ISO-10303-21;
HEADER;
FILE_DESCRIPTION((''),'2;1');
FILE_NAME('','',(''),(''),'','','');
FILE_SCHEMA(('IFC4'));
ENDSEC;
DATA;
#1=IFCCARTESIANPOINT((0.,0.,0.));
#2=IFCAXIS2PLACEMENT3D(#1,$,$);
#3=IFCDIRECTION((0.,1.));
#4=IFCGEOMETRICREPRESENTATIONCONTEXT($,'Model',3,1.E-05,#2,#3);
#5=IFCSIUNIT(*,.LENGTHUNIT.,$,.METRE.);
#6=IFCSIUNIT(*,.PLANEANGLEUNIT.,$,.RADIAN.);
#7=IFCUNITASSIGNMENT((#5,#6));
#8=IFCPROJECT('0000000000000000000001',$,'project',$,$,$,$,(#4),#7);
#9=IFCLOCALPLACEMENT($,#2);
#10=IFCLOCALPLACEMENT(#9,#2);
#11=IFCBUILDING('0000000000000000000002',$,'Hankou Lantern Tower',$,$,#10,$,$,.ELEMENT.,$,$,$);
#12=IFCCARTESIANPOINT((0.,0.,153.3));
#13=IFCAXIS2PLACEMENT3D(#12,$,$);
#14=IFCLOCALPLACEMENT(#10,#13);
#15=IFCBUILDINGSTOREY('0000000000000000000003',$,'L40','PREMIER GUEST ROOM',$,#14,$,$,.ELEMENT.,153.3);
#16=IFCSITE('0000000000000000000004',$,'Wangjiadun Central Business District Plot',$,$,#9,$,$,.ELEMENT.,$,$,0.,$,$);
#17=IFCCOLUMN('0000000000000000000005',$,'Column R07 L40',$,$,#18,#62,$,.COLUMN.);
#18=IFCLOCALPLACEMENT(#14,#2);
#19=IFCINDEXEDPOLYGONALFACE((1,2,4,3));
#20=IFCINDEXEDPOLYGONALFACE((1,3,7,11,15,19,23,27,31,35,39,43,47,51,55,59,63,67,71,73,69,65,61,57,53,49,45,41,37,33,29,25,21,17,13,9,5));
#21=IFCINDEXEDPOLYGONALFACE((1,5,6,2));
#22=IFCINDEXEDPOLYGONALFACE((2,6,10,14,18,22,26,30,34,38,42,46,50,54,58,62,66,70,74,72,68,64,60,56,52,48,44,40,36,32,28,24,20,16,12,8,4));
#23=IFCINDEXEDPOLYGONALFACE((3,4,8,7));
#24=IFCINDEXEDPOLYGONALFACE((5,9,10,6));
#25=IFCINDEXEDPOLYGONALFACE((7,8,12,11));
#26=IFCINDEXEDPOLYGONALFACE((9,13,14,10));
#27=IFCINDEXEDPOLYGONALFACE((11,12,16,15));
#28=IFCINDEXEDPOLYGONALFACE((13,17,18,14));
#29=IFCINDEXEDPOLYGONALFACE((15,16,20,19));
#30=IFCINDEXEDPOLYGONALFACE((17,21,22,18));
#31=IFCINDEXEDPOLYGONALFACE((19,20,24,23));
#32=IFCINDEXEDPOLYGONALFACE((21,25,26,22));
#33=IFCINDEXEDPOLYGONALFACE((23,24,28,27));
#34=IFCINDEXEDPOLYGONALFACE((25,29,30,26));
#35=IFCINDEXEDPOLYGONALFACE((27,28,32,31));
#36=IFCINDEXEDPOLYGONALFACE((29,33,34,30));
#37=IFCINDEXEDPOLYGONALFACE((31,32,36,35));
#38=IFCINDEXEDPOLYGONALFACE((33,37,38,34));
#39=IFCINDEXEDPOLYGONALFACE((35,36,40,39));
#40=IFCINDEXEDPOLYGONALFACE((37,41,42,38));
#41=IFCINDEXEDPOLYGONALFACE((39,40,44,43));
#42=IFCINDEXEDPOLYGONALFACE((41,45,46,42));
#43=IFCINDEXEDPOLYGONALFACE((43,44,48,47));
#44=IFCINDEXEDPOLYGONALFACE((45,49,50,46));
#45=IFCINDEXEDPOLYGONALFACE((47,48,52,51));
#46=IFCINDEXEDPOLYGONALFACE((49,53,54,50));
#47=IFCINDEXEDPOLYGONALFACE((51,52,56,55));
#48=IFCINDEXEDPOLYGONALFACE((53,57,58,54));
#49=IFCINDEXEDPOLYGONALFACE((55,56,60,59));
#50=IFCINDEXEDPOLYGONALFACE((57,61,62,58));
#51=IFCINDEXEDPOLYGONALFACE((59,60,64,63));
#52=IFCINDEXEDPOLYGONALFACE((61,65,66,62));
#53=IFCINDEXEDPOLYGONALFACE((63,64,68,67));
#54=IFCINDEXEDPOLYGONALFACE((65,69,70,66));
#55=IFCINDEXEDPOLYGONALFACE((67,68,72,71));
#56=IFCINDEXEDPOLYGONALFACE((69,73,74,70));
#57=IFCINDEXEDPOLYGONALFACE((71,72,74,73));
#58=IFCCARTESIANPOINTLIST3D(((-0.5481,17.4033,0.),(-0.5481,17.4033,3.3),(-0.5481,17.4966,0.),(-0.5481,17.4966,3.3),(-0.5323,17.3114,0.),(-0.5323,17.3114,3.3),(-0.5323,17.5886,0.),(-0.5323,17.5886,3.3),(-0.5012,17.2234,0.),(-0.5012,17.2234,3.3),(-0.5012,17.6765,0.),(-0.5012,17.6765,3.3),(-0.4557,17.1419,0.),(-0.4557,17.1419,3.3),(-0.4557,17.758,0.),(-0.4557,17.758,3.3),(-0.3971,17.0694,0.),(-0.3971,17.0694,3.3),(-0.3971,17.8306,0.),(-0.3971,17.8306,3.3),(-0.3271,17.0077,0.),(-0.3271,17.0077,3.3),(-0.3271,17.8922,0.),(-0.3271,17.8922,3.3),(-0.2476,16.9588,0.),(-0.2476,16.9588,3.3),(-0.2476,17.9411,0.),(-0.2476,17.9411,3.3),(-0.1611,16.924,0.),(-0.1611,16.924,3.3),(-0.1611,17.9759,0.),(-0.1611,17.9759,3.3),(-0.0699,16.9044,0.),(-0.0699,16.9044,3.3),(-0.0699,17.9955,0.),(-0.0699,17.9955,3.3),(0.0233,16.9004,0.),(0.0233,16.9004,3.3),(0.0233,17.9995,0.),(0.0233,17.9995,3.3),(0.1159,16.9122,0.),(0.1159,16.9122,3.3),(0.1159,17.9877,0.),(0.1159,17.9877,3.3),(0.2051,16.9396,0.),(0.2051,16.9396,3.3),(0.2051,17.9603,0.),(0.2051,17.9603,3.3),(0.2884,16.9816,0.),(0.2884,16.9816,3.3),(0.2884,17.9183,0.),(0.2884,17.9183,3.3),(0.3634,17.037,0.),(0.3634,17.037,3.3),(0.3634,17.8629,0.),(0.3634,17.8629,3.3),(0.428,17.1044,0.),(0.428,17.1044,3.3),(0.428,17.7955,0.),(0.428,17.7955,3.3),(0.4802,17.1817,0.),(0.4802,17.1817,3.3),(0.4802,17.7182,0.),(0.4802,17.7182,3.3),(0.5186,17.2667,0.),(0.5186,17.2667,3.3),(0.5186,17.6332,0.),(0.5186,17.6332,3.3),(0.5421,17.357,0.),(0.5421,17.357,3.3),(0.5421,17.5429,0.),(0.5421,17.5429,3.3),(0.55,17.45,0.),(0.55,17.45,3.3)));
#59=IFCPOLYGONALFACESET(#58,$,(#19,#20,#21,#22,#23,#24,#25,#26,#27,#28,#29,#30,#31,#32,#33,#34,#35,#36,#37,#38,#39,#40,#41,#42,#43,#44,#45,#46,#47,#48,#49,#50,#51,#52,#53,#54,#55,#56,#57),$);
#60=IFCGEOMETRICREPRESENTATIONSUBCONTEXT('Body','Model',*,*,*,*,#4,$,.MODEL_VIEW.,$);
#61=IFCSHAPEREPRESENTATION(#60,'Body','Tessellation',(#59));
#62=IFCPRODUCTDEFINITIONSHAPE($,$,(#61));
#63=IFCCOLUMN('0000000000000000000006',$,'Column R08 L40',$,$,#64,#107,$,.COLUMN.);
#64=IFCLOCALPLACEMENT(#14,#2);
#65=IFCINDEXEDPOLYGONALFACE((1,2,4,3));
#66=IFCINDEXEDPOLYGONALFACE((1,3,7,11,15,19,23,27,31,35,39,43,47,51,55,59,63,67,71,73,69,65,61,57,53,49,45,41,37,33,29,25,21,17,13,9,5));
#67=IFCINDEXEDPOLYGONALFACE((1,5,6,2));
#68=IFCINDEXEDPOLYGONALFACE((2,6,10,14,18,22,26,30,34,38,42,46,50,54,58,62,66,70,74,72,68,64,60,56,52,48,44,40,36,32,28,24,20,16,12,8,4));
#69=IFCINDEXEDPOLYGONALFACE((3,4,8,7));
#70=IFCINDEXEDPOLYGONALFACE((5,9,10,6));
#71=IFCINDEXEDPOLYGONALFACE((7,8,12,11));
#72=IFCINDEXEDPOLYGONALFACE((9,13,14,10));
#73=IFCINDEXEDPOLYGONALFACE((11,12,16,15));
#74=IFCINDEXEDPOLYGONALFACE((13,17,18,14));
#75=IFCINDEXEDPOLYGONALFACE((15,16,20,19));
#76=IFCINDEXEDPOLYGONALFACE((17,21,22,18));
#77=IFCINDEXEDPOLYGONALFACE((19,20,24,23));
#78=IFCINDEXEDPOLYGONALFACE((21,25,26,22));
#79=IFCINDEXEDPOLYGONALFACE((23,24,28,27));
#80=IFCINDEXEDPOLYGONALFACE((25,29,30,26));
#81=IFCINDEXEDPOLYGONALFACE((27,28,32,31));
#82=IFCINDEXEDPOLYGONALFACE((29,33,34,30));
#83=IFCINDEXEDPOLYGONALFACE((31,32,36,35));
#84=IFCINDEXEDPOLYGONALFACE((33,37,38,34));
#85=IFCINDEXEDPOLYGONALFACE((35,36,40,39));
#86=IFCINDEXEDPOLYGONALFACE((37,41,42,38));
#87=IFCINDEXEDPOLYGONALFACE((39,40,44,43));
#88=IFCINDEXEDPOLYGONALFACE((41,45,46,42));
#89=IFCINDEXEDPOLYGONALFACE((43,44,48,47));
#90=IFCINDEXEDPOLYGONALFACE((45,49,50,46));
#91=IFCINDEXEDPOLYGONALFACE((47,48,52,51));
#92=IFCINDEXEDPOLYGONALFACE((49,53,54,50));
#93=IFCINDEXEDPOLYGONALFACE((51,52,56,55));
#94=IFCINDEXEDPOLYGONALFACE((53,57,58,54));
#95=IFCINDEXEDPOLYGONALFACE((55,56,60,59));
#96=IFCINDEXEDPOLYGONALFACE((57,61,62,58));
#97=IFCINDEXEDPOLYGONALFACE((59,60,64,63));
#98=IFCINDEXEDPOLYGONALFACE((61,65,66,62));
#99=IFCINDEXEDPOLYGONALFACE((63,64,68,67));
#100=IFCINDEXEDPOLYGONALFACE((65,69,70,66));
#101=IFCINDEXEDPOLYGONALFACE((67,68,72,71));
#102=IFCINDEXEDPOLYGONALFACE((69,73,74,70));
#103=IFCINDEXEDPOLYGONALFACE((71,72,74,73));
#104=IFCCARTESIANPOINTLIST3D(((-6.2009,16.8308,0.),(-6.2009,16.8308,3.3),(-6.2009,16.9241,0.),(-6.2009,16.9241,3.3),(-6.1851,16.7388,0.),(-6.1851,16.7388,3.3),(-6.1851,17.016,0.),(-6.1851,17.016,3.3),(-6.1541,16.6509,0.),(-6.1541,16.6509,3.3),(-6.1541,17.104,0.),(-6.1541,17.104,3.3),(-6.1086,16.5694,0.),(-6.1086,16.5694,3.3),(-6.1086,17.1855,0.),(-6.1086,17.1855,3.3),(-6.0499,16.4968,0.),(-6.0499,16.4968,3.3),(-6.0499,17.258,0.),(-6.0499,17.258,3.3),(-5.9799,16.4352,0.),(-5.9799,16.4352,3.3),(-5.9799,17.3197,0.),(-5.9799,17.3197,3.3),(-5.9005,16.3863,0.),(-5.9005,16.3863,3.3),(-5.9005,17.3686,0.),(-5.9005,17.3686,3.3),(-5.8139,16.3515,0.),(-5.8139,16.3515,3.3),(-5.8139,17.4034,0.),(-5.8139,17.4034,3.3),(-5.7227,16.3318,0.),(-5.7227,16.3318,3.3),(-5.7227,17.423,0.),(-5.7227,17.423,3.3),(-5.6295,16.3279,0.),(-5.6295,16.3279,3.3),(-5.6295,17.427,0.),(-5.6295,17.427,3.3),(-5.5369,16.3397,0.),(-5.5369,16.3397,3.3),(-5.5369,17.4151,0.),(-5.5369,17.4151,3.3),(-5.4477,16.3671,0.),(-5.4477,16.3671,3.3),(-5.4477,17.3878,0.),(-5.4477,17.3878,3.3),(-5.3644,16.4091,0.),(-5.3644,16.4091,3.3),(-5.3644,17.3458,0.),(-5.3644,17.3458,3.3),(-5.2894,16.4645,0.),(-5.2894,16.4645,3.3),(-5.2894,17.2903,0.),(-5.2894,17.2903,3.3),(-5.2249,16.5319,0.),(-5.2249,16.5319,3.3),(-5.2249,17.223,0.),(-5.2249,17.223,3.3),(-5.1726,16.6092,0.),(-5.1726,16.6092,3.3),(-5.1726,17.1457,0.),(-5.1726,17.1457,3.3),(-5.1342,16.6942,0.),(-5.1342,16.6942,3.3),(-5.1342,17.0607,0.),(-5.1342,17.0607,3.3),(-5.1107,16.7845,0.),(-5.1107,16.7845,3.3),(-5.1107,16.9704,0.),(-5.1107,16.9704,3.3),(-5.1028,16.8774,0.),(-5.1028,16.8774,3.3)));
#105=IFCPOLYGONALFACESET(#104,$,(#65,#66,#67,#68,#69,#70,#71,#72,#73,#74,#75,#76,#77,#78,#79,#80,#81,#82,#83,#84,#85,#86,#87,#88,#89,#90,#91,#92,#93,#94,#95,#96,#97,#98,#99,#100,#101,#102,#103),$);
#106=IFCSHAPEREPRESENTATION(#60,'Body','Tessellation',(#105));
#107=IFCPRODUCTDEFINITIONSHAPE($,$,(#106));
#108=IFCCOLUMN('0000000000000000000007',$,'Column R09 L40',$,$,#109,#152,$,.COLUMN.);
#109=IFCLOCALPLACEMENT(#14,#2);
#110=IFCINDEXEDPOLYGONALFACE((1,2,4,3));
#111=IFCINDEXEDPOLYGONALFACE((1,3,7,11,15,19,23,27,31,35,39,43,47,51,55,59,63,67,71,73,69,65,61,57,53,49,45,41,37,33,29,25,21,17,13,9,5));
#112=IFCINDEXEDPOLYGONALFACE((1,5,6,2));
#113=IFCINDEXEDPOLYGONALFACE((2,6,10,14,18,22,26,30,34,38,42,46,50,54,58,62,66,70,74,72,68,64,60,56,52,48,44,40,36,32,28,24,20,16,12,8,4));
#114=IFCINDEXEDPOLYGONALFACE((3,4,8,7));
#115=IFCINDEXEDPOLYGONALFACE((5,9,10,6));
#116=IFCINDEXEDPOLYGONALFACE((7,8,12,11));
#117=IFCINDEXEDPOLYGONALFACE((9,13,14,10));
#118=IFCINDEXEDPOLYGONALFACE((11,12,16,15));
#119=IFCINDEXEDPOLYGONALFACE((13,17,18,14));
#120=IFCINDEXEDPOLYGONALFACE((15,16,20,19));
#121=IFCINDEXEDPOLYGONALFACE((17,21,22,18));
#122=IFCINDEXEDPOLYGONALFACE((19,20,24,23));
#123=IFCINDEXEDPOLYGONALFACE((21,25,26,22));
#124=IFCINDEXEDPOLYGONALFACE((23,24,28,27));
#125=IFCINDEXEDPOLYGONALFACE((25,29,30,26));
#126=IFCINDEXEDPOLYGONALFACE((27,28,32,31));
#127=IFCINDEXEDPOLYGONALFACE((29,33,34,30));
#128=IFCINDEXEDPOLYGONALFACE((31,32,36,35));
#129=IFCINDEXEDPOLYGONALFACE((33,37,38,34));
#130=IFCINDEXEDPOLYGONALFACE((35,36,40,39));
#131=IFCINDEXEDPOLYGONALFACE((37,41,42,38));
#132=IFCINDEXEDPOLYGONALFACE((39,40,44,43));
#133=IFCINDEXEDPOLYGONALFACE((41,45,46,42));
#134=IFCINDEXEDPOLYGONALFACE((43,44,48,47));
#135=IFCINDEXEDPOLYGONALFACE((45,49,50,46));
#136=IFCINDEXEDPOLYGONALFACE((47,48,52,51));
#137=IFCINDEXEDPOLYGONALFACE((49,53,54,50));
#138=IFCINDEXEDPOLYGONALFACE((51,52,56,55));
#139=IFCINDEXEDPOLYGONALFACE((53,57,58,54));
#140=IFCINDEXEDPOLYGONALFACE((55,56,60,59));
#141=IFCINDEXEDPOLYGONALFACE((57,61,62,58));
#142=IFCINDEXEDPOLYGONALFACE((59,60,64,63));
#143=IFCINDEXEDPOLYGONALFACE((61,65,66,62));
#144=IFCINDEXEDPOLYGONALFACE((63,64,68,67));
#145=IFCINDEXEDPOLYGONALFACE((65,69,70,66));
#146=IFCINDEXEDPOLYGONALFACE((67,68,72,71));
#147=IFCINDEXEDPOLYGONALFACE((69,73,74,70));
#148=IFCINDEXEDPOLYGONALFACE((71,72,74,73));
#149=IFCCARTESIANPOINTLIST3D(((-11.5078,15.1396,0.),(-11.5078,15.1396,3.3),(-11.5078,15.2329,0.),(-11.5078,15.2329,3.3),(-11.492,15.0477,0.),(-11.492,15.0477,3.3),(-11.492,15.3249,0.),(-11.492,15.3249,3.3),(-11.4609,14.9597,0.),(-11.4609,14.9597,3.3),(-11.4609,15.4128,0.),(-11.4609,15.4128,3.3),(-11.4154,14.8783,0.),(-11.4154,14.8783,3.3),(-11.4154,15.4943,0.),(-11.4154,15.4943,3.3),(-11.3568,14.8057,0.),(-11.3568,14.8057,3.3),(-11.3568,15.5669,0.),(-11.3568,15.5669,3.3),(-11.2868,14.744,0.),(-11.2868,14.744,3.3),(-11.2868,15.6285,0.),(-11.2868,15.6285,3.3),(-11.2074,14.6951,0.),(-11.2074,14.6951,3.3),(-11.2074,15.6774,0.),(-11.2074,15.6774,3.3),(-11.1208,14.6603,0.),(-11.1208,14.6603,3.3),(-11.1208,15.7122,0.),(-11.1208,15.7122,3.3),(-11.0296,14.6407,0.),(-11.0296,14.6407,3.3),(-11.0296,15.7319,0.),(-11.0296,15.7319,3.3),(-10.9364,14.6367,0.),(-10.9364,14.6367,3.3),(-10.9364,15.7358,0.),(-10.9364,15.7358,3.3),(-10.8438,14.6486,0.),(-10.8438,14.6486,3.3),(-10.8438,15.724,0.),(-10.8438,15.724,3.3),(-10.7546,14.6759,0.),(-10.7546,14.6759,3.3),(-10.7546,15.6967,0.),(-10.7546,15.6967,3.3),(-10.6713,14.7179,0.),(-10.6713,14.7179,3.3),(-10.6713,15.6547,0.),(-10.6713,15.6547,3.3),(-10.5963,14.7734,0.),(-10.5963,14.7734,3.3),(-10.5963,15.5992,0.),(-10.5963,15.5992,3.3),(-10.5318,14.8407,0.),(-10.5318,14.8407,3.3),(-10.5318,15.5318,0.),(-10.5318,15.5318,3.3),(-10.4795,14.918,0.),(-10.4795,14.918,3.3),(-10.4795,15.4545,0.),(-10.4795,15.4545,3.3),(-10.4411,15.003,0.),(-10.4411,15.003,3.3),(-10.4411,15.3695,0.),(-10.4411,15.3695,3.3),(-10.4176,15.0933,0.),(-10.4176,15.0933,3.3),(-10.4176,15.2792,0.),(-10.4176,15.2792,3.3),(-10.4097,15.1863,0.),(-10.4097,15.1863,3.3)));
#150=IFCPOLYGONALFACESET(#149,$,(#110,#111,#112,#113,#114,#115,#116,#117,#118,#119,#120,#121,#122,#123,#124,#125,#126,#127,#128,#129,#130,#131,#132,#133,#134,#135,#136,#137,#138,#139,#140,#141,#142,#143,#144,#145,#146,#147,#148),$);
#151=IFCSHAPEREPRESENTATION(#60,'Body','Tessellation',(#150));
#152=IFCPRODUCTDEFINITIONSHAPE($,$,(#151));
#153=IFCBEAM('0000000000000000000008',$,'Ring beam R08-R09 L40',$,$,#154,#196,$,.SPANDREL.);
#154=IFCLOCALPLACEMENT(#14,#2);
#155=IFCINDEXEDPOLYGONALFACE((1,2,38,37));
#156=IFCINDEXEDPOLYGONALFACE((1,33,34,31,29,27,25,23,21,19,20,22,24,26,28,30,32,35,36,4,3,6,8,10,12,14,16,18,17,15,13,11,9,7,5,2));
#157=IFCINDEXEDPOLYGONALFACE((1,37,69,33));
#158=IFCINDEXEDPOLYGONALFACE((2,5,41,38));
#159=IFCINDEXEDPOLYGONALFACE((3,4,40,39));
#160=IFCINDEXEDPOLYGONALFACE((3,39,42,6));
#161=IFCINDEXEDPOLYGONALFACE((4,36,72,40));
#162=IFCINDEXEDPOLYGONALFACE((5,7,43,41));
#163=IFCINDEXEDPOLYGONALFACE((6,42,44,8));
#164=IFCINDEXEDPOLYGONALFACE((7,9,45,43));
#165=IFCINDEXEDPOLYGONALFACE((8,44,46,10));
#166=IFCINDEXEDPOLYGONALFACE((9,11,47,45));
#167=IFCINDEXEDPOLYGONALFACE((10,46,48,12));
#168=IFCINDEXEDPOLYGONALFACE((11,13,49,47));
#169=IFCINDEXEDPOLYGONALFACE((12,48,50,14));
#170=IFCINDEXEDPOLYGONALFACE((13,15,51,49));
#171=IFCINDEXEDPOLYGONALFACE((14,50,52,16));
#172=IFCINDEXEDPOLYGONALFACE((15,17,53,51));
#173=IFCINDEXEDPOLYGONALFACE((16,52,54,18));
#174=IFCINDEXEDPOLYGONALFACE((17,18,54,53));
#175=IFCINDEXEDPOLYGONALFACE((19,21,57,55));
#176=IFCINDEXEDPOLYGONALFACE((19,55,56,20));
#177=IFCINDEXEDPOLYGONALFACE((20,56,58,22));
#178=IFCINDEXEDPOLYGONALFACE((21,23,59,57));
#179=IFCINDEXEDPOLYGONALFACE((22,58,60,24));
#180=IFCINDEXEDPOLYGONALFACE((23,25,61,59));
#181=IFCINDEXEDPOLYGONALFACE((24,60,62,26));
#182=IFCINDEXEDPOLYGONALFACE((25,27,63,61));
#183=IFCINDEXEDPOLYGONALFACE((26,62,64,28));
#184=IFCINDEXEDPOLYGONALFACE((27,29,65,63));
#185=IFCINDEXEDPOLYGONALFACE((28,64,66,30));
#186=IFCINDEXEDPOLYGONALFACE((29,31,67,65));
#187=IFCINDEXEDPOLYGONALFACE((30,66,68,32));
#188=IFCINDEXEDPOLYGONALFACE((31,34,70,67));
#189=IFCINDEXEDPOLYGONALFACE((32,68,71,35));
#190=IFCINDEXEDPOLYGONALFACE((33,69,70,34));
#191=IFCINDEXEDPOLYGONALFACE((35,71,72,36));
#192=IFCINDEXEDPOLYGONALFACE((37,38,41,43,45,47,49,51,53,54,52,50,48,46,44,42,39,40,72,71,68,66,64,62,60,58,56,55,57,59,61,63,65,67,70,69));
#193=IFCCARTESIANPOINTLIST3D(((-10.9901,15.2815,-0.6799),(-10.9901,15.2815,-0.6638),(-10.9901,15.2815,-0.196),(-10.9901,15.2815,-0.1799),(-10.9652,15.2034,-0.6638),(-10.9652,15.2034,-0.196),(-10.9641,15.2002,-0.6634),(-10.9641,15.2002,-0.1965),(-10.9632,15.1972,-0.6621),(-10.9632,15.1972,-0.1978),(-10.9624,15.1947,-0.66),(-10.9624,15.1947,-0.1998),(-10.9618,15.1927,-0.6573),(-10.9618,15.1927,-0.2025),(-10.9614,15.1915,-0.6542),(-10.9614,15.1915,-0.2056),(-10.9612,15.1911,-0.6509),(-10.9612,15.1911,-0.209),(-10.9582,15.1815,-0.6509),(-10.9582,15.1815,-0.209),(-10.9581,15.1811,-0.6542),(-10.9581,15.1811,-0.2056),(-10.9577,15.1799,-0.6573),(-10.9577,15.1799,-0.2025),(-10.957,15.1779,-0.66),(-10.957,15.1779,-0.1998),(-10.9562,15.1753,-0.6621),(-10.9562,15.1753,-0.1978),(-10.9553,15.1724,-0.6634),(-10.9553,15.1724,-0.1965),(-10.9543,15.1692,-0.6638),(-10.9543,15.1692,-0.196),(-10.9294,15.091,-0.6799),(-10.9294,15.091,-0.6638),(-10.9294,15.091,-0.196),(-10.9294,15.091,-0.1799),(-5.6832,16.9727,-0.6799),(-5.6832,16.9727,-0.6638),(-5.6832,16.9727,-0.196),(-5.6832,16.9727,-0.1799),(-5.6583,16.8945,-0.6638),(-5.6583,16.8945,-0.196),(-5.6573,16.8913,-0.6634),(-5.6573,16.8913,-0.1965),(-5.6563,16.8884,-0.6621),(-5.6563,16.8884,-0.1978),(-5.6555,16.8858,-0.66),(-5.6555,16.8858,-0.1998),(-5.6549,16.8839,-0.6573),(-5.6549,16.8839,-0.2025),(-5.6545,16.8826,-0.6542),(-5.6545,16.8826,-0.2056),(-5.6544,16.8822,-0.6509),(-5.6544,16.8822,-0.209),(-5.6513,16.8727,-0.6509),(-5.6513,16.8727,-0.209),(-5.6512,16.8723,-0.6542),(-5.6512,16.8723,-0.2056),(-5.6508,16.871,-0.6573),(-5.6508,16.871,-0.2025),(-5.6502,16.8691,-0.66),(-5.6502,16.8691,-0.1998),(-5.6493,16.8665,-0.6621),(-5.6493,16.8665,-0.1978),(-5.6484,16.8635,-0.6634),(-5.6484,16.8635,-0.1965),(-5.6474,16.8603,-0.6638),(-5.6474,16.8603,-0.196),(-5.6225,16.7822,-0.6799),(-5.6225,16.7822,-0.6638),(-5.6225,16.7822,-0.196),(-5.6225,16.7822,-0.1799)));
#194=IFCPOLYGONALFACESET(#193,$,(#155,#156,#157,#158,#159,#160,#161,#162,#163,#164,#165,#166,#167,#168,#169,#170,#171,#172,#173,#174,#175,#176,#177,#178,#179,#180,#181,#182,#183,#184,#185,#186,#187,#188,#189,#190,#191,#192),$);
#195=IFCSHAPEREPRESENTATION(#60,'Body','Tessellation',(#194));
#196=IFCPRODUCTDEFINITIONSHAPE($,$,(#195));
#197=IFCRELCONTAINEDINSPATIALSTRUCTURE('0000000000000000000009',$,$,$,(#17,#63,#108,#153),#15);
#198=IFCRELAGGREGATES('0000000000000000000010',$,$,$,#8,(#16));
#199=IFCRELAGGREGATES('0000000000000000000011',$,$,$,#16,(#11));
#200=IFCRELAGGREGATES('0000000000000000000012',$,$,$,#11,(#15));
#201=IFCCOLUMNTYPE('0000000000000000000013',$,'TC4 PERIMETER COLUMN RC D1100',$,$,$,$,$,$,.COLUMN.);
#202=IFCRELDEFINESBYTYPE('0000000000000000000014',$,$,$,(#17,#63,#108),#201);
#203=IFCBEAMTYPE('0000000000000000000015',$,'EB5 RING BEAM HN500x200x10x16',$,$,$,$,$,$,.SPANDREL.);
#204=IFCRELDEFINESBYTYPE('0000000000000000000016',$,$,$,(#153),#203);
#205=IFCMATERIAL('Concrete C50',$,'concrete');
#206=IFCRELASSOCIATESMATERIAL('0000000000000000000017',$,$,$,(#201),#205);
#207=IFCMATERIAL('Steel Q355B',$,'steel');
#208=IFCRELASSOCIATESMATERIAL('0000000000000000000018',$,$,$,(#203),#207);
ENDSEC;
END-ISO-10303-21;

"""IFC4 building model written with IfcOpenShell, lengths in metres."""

from ifc_helpers import new_model, si_unit, direction, frame, origin, origin_2d, place, context, subcontext, project, spatial, circle, i_section, extrude, material, material_profile, profile_set, type_object, element, save


model = new_model("IFC4")

# Units and contexts
model_context = context("Model", 3, precision=1e-05, world=origin(), true_north=direction((0.0, 1.0)))
body_context = subcontext(model_context, "Body", "Model", "MODEL_VIEW")
ifc_project = project(units=[si_unit("LENGTHUNIT", "METRE"), si_unit("PLANEANGLEUNIT", "RADIAN")], contexts=[model_context])

# Site, building, storey
site_placement = place(None, origin())
site = spatial("IfcSite", under=ifc_project, at=site_placement, Name="Wangjiadun Central Business District Plot", CompositionType="ELEMENT", RefElevation=0.0)
building_placement = place(site_placement, origin())
building = spatial("IfcBuilding", under=site, at=building_placement, Name="Hankou Lantern Tower", CompositionType="ELEMENT")
storey_placement = place(building_placement, frame((0.0, 0.0, 153.3)))
storey = spatial("IfcBuildingStorey", under=building, at=storey_placement, Name="L40", Description="PREMIER GUEST ROOM", CompositionType="ELEMENT", Elevation=153.3)

# Columns
ifc_material_1 = material(Name="Concrete C50", Category="concrete")
ifc_material_profile_1 = material_profile(ifc_material_1, circle(Radius=0.55, at=origin_2d()), Name="RC D1100")
ifc_profile_set_1 = profile_set([ifc_material_profile_1], Name="Concrete C50")
column_type = type_object("IfcColumnType", Name="TC4 PERIMETER COLUMN RC D1100", PredefinedType="COLUMN", material=ifc_profile_set_1)
for number, where, z_axis, x_axis, name in (
    (1, (0.0, 17.45, 0.0), (0.0, 0.0, 1.0), (1.0, 0.0, 0.0), "Column R07 L40"),
    (2, (-5.6528, 16.8774, 0.0), (0.0, 0.0, 1.0), (1.0, 0.0, 0.0), "Column R08 L40"),
    (3, (-10.9597, 15.1863, 0.0), (0.0, 0.0, 1.0), (1.0, 0.0, 0.0), "Column R09 L40"),
):
    element("IfcColumn", number, at=place(storey_placement, frame(where, z_axis=z_axis, x_axis=x_axis)), inside=storey, type_object=column_type, Name=name, PredefinedType="COLUMN", context=body_context, shape_type="SweptSolid", body=[
        extrude(circle(Radius=0.55, at=origin_2d()), origin(), (0.0, 0.0, 1.0), 3.3),
    ])

# Beam
ifc_material_2 = material(Name="Steel Q355B", Category="steel")
ifc_material_profile_2 = material_profile(ifc_material_2, i_section(OverallWidth=0.2, OverallDepth=0.5, WebThickness=0.01, FlangeThickness=0.0161, FilletRadius=0.0129, at=origin_2d()), Name="HN500x200x10x16")
ifc_profile_set_2 = profile_set([ifc_material_profile_2], Name="Steel Q355B")
beam_type_1 = type_object("IfcBeamType", Name="EB5 RING BEAM HN500x200x10x16", PredefinedType="SPANDREL", material=ifc_profile_set_2)
beam_1_placement = place(storey_placement, frame((-5.6528, 16.8774, -0.4299), z_axis=(-0.95279, -0.303629, 0.0), x_axis=(0.303629, -0.95279, 0.0)))
element("IfcBeam", 4, at=beam_1_placement, inside=storey, type_object=beam_type_1, Name="Ring beam R08-R09 L40", PredefinedType="SPANDREL", context=body_context, shape_type="SweptSolid", body=[
    extrude(i_section(OverallWidth=0.2, OverallDepth=0.5, WebThickness=0.01, FlangeThickness=0.0161, FilletRadius=0.0129, at=origin_2d()), origin(), (0.0, 0.0, 1.0), 5.5698),
])

save(model, "model.ifc")
